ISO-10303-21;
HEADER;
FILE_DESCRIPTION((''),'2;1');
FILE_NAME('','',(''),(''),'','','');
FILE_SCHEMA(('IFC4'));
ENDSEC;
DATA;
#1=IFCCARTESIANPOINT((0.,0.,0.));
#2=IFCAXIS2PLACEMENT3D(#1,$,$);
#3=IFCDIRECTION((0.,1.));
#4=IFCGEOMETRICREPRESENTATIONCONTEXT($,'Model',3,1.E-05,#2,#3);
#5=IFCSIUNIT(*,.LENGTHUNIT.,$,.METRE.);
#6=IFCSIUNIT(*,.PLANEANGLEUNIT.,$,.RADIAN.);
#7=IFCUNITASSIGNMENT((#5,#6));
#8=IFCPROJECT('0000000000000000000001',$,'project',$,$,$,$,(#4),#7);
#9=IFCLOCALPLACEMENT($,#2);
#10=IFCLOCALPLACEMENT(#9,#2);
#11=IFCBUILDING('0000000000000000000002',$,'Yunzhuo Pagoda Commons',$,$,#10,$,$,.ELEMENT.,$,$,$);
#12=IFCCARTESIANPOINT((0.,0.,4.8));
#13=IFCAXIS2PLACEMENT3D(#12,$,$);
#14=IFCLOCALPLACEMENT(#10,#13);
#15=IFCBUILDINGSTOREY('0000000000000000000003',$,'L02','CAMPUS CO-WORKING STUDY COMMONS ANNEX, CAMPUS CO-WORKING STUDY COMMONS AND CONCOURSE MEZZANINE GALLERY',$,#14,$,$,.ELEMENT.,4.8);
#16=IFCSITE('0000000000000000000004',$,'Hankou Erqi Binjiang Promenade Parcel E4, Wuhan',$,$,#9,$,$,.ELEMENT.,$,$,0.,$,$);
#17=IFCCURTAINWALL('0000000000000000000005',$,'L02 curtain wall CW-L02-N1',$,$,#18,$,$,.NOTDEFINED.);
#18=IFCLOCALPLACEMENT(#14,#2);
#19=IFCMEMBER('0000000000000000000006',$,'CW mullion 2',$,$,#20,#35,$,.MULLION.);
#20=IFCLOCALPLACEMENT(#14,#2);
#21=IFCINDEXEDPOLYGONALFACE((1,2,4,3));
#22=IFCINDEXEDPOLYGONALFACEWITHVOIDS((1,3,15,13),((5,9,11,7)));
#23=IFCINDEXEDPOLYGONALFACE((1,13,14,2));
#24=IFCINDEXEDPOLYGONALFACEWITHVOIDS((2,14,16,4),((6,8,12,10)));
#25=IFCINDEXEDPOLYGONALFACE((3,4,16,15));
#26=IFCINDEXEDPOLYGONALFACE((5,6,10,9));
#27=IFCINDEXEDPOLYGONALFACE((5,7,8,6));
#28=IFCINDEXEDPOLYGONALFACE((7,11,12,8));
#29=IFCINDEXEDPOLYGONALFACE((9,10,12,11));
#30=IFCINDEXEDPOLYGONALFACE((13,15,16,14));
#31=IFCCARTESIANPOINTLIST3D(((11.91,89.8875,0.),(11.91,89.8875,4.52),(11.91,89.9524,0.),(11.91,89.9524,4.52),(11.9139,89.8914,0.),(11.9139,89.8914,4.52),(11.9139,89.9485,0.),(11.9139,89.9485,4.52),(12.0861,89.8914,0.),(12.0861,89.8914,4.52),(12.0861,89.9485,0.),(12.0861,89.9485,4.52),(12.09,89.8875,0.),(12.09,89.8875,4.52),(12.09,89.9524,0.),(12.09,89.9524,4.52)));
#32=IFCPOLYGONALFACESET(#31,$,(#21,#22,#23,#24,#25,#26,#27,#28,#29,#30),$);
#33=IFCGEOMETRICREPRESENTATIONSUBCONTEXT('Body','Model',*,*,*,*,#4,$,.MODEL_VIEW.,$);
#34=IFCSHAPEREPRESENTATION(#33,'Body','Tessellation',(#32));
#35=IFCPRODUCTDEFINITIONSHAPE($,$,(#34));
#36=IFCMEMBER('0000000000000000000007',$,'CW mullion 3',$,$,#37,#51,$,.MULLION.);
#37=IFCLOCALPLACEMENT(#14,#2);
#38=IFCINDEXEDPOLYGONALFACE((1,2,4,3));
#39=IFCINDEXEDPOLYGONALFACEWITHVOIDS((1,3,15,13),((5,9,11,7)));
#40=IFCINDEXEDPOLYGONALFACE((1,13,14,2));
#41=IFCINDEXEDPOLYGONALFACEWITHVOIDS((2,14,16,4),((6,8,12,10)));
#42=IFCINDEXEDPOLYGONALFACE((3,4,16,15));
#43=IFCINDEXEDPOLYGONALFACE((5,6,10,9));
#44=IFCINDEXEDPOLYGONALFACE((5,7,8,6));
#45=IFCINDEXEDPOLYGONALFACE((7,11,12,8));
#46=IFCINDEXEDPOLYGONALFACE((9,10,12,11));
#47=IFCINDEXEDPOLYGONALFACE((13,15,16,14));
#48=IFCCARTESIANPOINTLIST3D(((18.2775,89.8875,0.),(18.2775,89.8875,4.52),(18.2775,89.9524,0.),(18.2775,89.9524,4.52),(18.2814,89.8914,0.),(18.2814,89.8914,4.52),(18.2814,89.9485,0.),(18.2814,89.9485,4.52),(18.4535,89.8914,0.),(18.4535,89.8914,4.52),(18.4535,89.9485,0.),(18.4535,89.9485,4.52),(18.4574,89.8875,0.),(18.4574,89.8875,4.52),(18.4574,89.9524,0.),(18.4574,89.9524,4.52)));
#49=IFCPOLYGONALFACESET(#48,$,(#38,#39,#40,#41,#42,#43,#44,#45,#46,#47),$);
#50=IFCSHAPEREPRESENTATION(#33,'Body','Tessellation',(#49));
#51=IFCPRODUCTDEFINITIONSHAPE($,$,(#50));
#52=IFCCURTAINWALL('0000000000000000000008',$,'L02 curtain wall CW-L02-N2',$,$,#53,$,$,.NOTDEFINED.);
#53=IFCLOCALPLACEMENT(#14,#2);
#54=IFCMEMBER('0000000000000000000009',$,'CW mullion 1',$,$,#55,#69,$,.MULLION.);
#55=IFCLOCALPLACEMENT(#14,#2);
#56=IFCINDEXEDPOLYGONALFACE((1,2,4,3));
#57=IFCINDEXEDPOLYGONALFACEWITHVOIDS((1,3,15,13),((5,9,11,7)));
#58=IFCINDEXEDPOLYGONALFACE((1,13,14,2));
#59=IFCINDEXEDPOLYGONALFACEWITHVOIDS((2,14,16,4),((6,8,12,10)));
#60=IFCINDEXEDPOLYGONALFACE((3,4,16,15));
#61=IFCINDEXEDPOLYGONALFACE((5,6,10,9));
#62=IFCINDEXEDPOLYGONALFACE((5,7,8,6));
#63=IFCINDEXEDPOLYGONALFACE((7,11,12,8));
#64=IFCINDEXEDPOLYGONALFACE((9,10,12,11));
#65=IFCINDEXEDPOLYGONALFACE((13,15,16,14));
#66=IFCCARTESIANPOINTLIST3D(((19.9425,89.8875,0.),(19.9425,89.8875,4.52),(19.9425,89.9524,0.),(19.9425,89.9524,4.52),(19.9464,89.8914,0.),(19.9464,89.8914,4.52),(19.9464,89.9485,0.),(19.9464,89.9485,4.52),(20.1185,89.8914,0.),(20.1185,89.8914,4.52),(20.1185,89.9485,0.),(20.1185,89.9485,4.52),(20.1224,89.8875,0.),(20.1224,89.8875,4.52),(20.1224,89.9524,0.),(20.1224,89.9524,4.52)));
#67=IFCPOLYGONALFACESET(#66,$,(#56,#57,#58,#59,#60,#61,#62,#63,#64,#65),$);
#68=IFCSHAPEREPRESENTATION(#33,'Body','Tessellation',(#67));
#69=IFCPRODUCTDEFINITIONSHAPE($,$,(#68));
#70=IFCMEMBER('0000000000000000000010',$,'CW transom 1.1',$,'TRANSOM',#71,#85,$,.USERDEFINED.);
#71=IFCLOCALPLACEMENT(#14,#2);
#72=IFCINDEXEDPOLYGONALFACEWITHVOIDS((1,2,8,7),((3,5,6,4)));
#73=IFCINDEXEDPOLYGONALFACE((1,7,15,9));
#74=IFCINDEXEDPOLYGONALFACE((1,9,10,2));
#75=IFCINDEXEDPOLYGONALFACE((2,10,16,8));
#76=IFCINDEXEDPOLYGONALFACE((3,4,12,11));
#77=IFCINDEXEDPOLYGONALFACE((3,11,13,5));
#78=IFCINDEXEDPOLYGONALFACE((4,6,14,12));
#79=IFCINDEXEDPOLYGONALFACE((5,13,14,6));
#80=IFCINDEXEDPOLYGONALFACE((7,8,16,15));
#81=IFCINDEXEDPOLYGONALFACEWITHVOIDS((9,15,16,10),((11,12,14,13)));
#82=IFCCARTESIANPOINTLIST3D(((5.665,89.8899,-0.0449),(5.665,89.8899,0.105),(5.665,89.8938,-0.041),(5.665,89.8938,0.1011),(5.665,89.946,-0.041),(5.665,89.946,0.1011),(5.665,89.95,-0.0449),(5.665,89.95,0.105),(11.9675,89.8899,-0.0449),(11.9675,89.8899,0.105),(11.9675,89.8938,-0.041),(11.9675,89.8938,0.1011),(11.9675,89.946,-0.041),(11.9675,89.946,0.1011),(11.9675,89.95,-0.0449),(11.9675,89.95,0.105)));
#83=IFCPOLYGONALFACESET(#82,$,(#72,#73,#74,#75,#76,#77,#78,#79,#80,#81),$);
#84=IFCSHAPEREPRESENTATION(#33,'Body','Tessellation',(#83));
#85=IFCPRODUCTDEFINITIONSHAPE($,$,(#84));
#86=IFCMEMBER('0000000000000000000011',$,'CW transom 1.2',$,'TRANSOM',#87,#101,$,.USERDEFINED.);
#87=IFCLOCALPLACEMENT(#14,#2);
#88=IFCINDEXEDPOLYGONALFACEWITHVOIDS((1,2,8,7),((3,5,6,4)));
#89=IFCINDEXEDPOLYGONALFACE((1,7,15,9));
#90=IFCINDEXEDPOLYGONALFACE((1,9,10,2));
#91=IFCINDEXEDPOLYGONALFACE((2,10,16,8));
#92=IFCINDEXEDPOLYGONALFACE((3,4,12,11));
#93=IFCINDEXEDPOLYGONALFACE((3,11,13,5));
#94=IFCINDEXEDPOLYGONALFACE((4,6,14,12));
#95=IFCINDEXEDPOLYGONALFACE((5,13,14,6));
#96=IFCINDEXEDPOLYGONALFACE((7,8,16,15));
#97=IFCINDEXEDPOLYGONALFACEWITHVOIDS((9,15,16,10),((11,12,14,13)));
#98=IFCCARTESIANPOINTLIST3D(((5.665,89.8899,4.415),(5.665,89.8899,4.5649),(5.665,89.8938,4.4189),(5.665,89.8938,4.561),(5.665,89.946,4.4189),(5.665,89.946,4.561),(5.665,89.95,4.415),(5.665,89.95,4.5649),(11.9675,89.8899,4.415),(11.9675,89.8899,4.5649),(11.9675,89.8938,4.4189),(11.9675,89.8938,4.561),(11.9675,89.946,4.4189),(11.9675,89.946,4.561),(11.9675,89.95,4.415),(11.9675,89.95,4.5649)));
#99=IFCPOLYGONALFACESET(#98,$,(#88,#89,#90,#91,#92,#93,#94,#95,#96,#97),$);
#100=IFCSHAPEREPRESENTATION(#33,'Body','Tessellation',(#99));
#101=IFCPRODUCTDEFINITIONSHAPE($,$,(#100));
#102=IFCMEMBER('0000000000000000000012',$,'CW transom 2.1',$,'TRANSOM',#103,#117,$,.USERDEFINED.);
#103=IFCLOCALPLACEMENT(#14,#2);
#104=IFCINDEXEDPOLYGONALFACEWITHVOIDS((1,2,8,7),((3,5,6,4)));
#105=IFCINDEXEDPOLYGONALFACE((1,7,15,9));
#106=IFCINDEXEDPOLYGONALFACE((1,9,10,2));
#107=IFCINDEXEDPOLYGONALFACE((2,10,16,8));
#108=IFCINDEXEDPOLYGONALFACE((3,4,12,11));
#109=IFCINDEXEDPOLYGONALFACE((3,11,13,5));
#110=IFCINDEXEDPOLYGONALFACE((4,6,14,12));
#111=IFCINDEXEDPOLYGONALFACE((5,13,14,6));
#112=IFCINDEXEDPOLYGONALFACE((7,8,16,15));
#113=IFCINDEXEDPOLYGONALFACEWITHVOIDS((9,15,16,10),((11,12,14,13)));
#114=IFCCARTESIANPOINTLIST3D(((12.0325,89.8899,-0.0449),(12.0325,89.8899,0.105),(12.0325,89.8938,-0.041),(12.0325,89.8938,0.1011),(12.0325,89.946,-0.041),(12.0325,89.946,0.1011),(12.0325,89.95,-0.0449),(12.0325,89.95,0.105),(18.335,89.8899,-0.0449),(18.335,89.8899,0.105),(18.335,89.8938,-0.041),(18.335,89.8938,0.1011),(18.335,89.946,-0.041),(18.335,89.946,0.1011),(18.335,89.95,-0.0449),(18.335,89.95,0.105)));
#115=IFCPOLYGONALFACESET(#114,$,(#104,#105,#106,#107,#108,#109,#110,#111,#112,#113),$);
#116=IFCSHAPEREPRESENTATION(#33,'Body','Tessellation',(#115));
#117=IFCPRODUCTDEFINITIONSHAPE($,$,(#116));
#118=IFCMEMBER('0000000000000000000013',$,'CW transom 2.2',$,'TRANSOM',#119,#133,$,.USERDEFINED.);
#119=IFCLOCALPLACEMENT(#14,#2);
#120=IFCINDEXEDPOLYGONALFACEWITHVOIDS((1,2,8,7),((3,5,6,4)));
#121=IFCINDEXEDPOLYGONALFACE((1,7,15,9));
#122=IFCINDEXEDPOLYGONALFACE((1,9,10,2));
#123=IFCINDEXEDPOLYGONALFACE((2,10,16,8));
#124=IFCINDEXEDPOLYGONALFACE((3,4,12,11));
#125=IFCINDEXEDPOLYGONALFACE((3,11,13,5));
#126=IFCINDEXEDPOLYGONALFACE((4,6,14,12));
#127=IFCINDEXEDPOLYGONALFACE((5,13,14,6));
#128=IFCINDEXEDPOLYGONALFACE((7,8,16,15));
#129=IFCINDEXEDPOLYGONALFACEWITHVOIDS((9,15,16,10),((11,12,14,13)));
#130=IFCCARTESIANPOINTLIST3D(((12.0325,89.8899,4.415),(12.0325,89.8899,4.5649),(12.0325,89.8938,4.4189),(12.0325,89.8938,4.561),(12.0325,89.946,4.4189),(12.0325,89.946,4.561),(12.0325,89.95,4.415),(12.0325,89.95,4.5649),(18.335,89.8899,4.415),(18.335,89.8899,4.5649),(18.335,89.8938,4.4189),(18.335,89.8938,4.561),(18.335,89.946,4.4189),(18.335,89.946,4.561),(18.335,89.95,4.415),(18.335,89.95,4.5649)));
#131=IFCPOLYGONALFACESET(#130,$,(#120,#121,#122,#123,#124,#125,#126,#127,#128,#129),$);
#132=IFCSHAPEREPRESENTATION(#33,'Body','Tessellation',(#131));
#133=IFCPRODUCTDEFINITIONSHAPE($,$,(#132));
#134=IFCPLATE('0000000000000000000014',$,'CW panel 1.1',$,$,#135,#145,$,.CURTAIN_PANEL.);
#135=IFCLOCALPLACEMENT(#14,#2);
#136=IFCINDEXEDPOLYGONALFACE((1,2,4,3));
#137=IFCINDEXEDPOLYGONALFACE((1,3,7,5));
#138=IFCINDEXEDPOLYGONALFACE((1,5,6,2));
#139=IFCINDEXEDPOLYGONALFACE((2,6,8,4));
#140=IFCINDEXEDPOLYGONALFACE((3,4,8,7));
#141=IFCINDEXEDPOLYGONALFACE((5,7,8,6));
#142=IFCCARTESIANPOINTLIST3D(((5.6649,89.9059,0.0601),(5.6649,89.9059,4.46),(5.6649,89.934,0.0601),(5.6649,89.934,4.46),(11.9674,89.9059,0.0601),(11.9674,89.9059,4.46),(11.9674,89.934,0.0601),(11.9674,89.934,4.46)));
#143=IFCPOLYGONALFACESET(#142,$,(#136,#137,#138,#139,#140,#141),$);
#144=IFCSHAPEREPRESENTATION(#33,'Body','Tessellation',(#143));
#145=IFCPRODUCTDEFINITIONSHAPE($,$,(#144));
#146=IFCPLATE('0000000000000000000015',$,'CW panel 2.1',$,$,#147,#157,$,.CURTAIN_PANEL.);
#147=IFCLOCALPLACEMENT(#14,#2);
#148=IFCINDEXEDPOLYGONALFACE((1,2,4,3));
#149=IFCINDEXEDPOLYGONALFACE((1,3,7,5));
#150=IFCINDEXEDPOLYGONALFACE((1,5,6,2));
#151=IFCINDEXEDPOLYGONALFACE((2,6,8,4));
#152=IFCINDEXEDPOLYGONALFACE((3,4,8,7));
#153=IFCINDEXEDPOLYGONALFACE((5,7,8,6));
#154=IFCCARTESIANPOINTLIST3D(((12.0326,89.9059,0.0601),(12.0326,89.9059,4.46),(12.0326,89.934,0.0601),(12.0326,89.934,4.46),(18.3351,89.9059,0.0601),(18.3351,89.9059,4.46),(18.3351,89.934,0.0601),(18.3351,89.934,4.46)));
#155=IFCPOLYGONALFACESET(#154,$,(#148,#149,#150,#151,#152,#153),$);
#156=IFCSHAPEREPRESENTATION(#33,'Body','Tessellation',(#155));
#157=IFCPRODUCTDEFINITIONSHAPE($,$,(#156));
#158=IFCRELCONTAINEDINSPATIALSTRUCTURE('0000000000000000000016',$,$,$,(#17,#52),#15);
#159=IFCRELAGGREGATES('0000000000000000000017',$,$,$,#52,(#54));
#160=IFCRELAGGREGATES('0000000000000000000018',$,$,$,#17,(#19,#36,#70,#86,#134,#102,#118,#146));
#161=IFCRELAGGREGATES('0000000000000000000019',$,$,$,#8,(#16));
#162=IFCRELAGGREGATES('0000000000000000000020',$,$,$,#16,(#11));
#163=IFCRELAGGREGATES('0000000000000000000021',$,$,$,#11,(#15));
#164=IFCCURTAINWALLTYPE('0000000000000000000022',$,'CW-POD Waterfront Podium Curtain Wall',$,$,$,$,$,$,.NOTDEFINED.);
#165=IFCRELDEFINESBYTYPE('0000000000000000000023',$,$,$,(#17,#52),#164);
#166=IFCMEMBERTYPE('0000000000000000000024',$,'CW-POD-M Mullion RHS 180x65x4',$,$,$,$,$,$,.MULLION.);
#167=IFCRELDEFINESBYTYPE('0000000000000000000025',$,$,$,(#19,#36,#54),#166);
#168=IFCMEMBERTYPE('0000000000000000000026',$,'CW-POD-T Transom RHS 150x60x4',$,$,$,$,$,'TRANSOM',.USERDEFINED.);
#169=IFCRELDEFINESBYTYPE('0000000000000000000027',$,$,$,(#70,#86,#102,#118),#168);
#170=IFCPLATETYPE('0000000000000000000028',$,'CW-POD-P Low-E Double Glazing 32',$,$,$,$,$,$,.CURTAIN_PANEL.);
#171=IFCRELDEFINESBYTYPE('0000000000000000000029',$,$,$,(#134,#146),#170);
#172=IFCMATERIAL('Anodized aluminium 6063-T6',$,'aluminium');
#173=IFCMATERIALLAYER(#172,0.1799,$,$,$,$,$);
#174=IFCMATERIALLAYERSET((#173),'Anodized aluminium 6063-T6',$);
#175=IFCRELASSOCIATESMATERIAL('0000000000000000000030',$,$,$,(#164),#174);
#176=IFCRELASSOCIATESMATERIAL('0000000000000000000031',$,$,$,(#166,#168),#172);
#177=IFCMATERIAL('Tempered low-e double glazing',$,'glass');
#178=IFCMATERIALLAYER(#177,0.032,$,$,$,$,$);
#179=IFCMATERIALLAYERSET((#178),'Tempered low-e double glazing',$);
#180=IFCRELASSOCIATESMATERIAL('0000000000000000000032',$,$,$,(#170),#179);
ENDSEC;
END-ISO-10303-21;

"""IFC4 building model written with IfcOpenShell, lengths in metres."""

from ifc_helpers import new_model, si_unit, direction, frame, origin, origin_2d, place, context, subcontext, project, spatial, rectangle, hollow_rectangle, extrude, source, transform, mapped, material, layer, layer_set, material_profile, profile_set, type_object, element, aggregate, save


model = new_model("IFC4")

# Units and contexts
model_context = context("Model", 3, precision=1e-05, world=origin(), true_north=direction((0.0, 1.0)))
body_context = subcontext(model_context, "Body", "Model", "MODEL_VIEW")
ifc_project = project(units=[si_unit("LENGTHUNIT", "METRE"), si_unit("PLANEANGLEUNIT", "RADIAN")], contexts=[model_context])

# Site, building, storey
site_placement = place(None, origin())
site = spatial("IfcSite", under=ifc_project, at=site_placement, Name="Hankou Erqi Binjiang Promenade Parcel E4, Wuhan", CompositionType="ELEMENT", RefElevation=0.0)
building_placement = place(site_placement, origin())
building = spatial("IfcBuilding", under=site, at=building_placement, Name="Yunzhuo Pagoda Commons", CompositionType="ELEMENT")
storey_placement = place(building_placement, frame((0.0, 0.0, 4.8)))
storey = spatial("IfcBuildingStorey", under=building, at=storey_placement, Name="L02", Description="CAMPUS CO-WORKING STUDY COMMONS ANNEX, CAMPUS CO-WORKING STUDY COMMONS AND CONCOURSE MEZZANINE GALLERY", CompositionType="ELEMENT", Elevation=4.8)

# Curtain wall, members
ifc_material_1 = material(Name="Anodized aluminium 6063-T6", Category="aluminium")
ifc_layer_1 = layer(ifc_material_1, 0.1799)
ifc_layer_set_1 = layer_set([ifc_layer_1], Name="Anodized aluminium 6063-T6")
curtain_wall_type = type_object("IfcCurtainWallType", Name="CW-POD Waterfront Podium Curtain Wall", PredefinedType="NOTDEFINED", material=ifc_layer_set_1)
curtain_wall_1_placement = place(storey_placement, origin())
curtain_wall_1 = element("IfcCurtainWall", 1, at=curtain_wall_1_placement, inside=storey, type_object=curtain_wall_type, Name="L02 curtain wall CW-L02-N1", PredefinedType="NOTDEFINED")
ifc_material_profile_1 = material_profile(ifc_material_1, hollow_rectangle(XDim=0.0649, YDim=0.1799, WallThickness=0.0039, at=origin_2d()), Name="Anodized aluminium 6063-T6")
ifc_profile_set_1 = profile_set([ifc_material_profile_1], Name="Anodized aluminium 6063-T6")
member_type_1 = type_object("IfcMemberType", Name="CW-POD-M Mullion RHS 180x65x4", PredefinedType="MULLION", material=ifc_profile_set_1)
shared_shape_1 = source(origin(), body_context, "Body", "SweptSolid", [
    extrude(hollow_rectangle(XDim=0.0649, YDim=0.1799, WallThickness=0.0039, at=origin_2d()), origin(), (0.0, 0.0, 1.0), 4.52),
])
member_1_placement = place(storey_placement, frame((12.0, 89.9199, 0.0), z_axis=(0.0, 0.0, 1.0), x_axis=(0.0, 1.0, 0.0)))
member_1 = element("IfcMember", 2, at=member_1_placement, type_object=member_type_1, Name="CW mullion 2", PredefinedType="MULLION", context=body_context, shape_type="MappedRepresentation", body=[
    mapped(shared_shape_1, transform((0.0, 0.0, 0.0), scale=1.0)),
])
member_2_placement = place(storey_placement, frame((18.3674, 89.9199, 0.0), z_axis=(0.0, 0.0, 1.0), x_axis=(0.0, 1.0, 0.0)))
member_2 = element("IfcMember", 3, at=member_2_placement, type_object=member_type_1, Name="CW mullion 3", PredefinedType="MULLION", context=body_context, shape_type="MappedRepresentation", body=[
    mapped(shared_shape_1, transform((0.0, 0.0, 0.0), scale=1.0)),
])

# Curtain wall, member
curtain_wall_2_placement = place(storey_placement, origin())
curtain_wall_2 = element("IfcCurtainWall", 4, at=curtain_wall_2_placement, inside=storey, type_object=curtain_wall_type, Name="L02 curtain wall CW-L02-N2", PredefinedType="NOTDEFINED")
member_3_placement = place(storey_placement, frame((20.0325, 89.9199, 0.0), z_axis=(0.0, 0.0, 1.0), x_axis=(0.0, 1.0, 0.0)))
member_3 = element("IfcMember", 5, at=member_3_placement, type_object=member_type_1, Name="CW mullion 1", PredefinedType="MULLION", context=body_context, shape_type="MappedRepresentation", body=[
    mapped(shared_shape_1, transform((0.0, 0.0, 0.0), scale=1.0)),
])
aggregate(curtain_wall_2, [member_3])

# Members
ifc_material_profile_2 = material_profile(ifc_material_1, hollow_rectangle(XDim=0.0601, YDim=0.1499, WallThickness=0.0039, at=origin_2d()), Name="Anodized aluminium 6063-T6")
ifc_profile_set_2 = profile_set([ifc_material_profile_2], Name="Anodized aluminium 6063-T6")
member_type_2 = type_object("IfcMemberType", Name="CW-POD-T Transom RHS 150x60x4", ElementType="TRANSOM", PredefinedType="USERDEFINED", material=ifc_profile_set_2)
shared_shape_2 = source(origin(), body_context, "Body", "SweptSolid", [
    extrude(hollow_rectangle(XDim=0.0601, YDim=0.1499, WallThickness=0.0039, at=origin_2d()), origin(), (0.0, 0.0, 1.0), 6.3025),
])
member_4_placement = place(storey_placement, frame((5.665, 89.9199, 0.03), z_axis=(1.0, 0.0, 0.0), x_axis=(0.0, 1.0, 0.0)))
member_4 = element("IfcMember", 6, at=member_4_placement, type_object=member_type_2, Name="CW transom 1.1", ObjectType="TRANSOM", PredefinedType="USERDEFINED", context=body_context, shape_type="MappedRepresentation", body=[
    mapped(shared_shape_2, transform((0.0, 0.0, 0.0), scale=1.0)),
])
member_5_placement = place(storey_placement, frame((5.665, 89.9199, 4.49), z_axis=(1.0, 0.0, 0.0), x_axis=(0.0, 1.0, 0.0)))
member_5 = element("IfcMember", 7, at=member_5_placement, type_object=member_type_2, Name="CW transom 1.2", ObjectType="TRANSOM", PredefinedType="USERDEFINED", context=body_context, shape_type="MappedRepresentation", body=[
    mapped(shared_shape_2, transform((0.0, 0.0, 0.0), scale=1.0)),
])
member_6_placement = place(storey_placement, frame((12.0325, 89.9199, 0.03), z_axis=(1.0, 0.0, 0.0), x_axis=(0.0, 1.0, 0.0)))
member_6 = element("IfcMember", 8, at=member_6_placement, type_object=member_type_2, Name="CW transom 2.1", ObjectType="TRANSOM", PredefinedType="USERDEFINED", context=body_context, shape_type="MappedRepresentation", body=[
    mapped(shared_shape_2, transform((0.0, 0.0, 0.0), scale=1.0)),
])
member_7_placement = place(storey_placement, frame((12.0325, 89.9199, 4.49), z_axis=(1.0, 0.0, 0.0), x_axis=(0.0, 1.0, 0.0)))
member_7 = element("IfcMember", 9, at=member_7_placement, type_object=member_type_2, Name="CW transom 2.2", ObjectType="TRANSOM", PredefinedType="USERDEFINED", context=body_context, shape_type="MappedRepresentation", body=[
    mapped(shared_shape_2, transform((0.0, 0.0, 0.0), scale=1.0)),
])

# Plates
ifc_material_2 = material(Name="Tempered low-e double glazing", Category="glass")
ifc_layer_2 = layer(ifc_material_2, 0.032)
ifc_layer_set_2 = layer_set([ifc_layer_2], Name="Tempered low-e double glazing")
plate_type = type_object("IfcPlateType", Name="CW-POD-P Low-E Double Glazing 32", PredefinedType="CURTAIN_PANEL", material=ifc_layer_set_2)
shared_shape_3 = source(origin(), body_context, "Body", "SweptSolid", [
    extrude(rectangle(XDim=6.3025, YDim=0.0281, at=origin_2d()), origin(), (0.0, 0.0, 1.0), 4.3999),
])
plate_1_placement = place(storey_placement, frame((8.8162, 89.9199, 0.0601), z_axis=(0.0, 0.0, 1.0), x_axis=(1.0, 0.0, 0.0)))
plate_1 = element("IfcPlate", 10, at=plate_1_placement, type_object=plate_type, Name="CW panel 1.1", PredefinedType="CURTAIN_PANEL", context=body_context, shape_type="MappedRepresentation", body=[
    mapped(shared_shape_3, transform((0.0, 0.0, 0.0), scale=1.0)),
])
plate_2_placement = place(storey_placement, frame((15.1838, 89.9199, 0.0601), z_axis=(0.0, 0.0, 1.0), x_axis=(1.0, 0.0, 0.0)))
plate_2 = element("IfcPlate", 11, at=plate_2_placement, type_object=plate_type, Name="CW panel 2.1", PredefinedType="CURTAIN_PANEL", context=body_context, shape_type="MappedRepresentation", body=[
    mapped(shared_shape_3, transform((0.0, 0.0, 0.0), scale=1.0)),
])
aggregate(curtain_wall_1, [member_1, member_2, member_4, member_5, plate_1, member_6, member_7, plate_2])

save(model, "model.ifc")
